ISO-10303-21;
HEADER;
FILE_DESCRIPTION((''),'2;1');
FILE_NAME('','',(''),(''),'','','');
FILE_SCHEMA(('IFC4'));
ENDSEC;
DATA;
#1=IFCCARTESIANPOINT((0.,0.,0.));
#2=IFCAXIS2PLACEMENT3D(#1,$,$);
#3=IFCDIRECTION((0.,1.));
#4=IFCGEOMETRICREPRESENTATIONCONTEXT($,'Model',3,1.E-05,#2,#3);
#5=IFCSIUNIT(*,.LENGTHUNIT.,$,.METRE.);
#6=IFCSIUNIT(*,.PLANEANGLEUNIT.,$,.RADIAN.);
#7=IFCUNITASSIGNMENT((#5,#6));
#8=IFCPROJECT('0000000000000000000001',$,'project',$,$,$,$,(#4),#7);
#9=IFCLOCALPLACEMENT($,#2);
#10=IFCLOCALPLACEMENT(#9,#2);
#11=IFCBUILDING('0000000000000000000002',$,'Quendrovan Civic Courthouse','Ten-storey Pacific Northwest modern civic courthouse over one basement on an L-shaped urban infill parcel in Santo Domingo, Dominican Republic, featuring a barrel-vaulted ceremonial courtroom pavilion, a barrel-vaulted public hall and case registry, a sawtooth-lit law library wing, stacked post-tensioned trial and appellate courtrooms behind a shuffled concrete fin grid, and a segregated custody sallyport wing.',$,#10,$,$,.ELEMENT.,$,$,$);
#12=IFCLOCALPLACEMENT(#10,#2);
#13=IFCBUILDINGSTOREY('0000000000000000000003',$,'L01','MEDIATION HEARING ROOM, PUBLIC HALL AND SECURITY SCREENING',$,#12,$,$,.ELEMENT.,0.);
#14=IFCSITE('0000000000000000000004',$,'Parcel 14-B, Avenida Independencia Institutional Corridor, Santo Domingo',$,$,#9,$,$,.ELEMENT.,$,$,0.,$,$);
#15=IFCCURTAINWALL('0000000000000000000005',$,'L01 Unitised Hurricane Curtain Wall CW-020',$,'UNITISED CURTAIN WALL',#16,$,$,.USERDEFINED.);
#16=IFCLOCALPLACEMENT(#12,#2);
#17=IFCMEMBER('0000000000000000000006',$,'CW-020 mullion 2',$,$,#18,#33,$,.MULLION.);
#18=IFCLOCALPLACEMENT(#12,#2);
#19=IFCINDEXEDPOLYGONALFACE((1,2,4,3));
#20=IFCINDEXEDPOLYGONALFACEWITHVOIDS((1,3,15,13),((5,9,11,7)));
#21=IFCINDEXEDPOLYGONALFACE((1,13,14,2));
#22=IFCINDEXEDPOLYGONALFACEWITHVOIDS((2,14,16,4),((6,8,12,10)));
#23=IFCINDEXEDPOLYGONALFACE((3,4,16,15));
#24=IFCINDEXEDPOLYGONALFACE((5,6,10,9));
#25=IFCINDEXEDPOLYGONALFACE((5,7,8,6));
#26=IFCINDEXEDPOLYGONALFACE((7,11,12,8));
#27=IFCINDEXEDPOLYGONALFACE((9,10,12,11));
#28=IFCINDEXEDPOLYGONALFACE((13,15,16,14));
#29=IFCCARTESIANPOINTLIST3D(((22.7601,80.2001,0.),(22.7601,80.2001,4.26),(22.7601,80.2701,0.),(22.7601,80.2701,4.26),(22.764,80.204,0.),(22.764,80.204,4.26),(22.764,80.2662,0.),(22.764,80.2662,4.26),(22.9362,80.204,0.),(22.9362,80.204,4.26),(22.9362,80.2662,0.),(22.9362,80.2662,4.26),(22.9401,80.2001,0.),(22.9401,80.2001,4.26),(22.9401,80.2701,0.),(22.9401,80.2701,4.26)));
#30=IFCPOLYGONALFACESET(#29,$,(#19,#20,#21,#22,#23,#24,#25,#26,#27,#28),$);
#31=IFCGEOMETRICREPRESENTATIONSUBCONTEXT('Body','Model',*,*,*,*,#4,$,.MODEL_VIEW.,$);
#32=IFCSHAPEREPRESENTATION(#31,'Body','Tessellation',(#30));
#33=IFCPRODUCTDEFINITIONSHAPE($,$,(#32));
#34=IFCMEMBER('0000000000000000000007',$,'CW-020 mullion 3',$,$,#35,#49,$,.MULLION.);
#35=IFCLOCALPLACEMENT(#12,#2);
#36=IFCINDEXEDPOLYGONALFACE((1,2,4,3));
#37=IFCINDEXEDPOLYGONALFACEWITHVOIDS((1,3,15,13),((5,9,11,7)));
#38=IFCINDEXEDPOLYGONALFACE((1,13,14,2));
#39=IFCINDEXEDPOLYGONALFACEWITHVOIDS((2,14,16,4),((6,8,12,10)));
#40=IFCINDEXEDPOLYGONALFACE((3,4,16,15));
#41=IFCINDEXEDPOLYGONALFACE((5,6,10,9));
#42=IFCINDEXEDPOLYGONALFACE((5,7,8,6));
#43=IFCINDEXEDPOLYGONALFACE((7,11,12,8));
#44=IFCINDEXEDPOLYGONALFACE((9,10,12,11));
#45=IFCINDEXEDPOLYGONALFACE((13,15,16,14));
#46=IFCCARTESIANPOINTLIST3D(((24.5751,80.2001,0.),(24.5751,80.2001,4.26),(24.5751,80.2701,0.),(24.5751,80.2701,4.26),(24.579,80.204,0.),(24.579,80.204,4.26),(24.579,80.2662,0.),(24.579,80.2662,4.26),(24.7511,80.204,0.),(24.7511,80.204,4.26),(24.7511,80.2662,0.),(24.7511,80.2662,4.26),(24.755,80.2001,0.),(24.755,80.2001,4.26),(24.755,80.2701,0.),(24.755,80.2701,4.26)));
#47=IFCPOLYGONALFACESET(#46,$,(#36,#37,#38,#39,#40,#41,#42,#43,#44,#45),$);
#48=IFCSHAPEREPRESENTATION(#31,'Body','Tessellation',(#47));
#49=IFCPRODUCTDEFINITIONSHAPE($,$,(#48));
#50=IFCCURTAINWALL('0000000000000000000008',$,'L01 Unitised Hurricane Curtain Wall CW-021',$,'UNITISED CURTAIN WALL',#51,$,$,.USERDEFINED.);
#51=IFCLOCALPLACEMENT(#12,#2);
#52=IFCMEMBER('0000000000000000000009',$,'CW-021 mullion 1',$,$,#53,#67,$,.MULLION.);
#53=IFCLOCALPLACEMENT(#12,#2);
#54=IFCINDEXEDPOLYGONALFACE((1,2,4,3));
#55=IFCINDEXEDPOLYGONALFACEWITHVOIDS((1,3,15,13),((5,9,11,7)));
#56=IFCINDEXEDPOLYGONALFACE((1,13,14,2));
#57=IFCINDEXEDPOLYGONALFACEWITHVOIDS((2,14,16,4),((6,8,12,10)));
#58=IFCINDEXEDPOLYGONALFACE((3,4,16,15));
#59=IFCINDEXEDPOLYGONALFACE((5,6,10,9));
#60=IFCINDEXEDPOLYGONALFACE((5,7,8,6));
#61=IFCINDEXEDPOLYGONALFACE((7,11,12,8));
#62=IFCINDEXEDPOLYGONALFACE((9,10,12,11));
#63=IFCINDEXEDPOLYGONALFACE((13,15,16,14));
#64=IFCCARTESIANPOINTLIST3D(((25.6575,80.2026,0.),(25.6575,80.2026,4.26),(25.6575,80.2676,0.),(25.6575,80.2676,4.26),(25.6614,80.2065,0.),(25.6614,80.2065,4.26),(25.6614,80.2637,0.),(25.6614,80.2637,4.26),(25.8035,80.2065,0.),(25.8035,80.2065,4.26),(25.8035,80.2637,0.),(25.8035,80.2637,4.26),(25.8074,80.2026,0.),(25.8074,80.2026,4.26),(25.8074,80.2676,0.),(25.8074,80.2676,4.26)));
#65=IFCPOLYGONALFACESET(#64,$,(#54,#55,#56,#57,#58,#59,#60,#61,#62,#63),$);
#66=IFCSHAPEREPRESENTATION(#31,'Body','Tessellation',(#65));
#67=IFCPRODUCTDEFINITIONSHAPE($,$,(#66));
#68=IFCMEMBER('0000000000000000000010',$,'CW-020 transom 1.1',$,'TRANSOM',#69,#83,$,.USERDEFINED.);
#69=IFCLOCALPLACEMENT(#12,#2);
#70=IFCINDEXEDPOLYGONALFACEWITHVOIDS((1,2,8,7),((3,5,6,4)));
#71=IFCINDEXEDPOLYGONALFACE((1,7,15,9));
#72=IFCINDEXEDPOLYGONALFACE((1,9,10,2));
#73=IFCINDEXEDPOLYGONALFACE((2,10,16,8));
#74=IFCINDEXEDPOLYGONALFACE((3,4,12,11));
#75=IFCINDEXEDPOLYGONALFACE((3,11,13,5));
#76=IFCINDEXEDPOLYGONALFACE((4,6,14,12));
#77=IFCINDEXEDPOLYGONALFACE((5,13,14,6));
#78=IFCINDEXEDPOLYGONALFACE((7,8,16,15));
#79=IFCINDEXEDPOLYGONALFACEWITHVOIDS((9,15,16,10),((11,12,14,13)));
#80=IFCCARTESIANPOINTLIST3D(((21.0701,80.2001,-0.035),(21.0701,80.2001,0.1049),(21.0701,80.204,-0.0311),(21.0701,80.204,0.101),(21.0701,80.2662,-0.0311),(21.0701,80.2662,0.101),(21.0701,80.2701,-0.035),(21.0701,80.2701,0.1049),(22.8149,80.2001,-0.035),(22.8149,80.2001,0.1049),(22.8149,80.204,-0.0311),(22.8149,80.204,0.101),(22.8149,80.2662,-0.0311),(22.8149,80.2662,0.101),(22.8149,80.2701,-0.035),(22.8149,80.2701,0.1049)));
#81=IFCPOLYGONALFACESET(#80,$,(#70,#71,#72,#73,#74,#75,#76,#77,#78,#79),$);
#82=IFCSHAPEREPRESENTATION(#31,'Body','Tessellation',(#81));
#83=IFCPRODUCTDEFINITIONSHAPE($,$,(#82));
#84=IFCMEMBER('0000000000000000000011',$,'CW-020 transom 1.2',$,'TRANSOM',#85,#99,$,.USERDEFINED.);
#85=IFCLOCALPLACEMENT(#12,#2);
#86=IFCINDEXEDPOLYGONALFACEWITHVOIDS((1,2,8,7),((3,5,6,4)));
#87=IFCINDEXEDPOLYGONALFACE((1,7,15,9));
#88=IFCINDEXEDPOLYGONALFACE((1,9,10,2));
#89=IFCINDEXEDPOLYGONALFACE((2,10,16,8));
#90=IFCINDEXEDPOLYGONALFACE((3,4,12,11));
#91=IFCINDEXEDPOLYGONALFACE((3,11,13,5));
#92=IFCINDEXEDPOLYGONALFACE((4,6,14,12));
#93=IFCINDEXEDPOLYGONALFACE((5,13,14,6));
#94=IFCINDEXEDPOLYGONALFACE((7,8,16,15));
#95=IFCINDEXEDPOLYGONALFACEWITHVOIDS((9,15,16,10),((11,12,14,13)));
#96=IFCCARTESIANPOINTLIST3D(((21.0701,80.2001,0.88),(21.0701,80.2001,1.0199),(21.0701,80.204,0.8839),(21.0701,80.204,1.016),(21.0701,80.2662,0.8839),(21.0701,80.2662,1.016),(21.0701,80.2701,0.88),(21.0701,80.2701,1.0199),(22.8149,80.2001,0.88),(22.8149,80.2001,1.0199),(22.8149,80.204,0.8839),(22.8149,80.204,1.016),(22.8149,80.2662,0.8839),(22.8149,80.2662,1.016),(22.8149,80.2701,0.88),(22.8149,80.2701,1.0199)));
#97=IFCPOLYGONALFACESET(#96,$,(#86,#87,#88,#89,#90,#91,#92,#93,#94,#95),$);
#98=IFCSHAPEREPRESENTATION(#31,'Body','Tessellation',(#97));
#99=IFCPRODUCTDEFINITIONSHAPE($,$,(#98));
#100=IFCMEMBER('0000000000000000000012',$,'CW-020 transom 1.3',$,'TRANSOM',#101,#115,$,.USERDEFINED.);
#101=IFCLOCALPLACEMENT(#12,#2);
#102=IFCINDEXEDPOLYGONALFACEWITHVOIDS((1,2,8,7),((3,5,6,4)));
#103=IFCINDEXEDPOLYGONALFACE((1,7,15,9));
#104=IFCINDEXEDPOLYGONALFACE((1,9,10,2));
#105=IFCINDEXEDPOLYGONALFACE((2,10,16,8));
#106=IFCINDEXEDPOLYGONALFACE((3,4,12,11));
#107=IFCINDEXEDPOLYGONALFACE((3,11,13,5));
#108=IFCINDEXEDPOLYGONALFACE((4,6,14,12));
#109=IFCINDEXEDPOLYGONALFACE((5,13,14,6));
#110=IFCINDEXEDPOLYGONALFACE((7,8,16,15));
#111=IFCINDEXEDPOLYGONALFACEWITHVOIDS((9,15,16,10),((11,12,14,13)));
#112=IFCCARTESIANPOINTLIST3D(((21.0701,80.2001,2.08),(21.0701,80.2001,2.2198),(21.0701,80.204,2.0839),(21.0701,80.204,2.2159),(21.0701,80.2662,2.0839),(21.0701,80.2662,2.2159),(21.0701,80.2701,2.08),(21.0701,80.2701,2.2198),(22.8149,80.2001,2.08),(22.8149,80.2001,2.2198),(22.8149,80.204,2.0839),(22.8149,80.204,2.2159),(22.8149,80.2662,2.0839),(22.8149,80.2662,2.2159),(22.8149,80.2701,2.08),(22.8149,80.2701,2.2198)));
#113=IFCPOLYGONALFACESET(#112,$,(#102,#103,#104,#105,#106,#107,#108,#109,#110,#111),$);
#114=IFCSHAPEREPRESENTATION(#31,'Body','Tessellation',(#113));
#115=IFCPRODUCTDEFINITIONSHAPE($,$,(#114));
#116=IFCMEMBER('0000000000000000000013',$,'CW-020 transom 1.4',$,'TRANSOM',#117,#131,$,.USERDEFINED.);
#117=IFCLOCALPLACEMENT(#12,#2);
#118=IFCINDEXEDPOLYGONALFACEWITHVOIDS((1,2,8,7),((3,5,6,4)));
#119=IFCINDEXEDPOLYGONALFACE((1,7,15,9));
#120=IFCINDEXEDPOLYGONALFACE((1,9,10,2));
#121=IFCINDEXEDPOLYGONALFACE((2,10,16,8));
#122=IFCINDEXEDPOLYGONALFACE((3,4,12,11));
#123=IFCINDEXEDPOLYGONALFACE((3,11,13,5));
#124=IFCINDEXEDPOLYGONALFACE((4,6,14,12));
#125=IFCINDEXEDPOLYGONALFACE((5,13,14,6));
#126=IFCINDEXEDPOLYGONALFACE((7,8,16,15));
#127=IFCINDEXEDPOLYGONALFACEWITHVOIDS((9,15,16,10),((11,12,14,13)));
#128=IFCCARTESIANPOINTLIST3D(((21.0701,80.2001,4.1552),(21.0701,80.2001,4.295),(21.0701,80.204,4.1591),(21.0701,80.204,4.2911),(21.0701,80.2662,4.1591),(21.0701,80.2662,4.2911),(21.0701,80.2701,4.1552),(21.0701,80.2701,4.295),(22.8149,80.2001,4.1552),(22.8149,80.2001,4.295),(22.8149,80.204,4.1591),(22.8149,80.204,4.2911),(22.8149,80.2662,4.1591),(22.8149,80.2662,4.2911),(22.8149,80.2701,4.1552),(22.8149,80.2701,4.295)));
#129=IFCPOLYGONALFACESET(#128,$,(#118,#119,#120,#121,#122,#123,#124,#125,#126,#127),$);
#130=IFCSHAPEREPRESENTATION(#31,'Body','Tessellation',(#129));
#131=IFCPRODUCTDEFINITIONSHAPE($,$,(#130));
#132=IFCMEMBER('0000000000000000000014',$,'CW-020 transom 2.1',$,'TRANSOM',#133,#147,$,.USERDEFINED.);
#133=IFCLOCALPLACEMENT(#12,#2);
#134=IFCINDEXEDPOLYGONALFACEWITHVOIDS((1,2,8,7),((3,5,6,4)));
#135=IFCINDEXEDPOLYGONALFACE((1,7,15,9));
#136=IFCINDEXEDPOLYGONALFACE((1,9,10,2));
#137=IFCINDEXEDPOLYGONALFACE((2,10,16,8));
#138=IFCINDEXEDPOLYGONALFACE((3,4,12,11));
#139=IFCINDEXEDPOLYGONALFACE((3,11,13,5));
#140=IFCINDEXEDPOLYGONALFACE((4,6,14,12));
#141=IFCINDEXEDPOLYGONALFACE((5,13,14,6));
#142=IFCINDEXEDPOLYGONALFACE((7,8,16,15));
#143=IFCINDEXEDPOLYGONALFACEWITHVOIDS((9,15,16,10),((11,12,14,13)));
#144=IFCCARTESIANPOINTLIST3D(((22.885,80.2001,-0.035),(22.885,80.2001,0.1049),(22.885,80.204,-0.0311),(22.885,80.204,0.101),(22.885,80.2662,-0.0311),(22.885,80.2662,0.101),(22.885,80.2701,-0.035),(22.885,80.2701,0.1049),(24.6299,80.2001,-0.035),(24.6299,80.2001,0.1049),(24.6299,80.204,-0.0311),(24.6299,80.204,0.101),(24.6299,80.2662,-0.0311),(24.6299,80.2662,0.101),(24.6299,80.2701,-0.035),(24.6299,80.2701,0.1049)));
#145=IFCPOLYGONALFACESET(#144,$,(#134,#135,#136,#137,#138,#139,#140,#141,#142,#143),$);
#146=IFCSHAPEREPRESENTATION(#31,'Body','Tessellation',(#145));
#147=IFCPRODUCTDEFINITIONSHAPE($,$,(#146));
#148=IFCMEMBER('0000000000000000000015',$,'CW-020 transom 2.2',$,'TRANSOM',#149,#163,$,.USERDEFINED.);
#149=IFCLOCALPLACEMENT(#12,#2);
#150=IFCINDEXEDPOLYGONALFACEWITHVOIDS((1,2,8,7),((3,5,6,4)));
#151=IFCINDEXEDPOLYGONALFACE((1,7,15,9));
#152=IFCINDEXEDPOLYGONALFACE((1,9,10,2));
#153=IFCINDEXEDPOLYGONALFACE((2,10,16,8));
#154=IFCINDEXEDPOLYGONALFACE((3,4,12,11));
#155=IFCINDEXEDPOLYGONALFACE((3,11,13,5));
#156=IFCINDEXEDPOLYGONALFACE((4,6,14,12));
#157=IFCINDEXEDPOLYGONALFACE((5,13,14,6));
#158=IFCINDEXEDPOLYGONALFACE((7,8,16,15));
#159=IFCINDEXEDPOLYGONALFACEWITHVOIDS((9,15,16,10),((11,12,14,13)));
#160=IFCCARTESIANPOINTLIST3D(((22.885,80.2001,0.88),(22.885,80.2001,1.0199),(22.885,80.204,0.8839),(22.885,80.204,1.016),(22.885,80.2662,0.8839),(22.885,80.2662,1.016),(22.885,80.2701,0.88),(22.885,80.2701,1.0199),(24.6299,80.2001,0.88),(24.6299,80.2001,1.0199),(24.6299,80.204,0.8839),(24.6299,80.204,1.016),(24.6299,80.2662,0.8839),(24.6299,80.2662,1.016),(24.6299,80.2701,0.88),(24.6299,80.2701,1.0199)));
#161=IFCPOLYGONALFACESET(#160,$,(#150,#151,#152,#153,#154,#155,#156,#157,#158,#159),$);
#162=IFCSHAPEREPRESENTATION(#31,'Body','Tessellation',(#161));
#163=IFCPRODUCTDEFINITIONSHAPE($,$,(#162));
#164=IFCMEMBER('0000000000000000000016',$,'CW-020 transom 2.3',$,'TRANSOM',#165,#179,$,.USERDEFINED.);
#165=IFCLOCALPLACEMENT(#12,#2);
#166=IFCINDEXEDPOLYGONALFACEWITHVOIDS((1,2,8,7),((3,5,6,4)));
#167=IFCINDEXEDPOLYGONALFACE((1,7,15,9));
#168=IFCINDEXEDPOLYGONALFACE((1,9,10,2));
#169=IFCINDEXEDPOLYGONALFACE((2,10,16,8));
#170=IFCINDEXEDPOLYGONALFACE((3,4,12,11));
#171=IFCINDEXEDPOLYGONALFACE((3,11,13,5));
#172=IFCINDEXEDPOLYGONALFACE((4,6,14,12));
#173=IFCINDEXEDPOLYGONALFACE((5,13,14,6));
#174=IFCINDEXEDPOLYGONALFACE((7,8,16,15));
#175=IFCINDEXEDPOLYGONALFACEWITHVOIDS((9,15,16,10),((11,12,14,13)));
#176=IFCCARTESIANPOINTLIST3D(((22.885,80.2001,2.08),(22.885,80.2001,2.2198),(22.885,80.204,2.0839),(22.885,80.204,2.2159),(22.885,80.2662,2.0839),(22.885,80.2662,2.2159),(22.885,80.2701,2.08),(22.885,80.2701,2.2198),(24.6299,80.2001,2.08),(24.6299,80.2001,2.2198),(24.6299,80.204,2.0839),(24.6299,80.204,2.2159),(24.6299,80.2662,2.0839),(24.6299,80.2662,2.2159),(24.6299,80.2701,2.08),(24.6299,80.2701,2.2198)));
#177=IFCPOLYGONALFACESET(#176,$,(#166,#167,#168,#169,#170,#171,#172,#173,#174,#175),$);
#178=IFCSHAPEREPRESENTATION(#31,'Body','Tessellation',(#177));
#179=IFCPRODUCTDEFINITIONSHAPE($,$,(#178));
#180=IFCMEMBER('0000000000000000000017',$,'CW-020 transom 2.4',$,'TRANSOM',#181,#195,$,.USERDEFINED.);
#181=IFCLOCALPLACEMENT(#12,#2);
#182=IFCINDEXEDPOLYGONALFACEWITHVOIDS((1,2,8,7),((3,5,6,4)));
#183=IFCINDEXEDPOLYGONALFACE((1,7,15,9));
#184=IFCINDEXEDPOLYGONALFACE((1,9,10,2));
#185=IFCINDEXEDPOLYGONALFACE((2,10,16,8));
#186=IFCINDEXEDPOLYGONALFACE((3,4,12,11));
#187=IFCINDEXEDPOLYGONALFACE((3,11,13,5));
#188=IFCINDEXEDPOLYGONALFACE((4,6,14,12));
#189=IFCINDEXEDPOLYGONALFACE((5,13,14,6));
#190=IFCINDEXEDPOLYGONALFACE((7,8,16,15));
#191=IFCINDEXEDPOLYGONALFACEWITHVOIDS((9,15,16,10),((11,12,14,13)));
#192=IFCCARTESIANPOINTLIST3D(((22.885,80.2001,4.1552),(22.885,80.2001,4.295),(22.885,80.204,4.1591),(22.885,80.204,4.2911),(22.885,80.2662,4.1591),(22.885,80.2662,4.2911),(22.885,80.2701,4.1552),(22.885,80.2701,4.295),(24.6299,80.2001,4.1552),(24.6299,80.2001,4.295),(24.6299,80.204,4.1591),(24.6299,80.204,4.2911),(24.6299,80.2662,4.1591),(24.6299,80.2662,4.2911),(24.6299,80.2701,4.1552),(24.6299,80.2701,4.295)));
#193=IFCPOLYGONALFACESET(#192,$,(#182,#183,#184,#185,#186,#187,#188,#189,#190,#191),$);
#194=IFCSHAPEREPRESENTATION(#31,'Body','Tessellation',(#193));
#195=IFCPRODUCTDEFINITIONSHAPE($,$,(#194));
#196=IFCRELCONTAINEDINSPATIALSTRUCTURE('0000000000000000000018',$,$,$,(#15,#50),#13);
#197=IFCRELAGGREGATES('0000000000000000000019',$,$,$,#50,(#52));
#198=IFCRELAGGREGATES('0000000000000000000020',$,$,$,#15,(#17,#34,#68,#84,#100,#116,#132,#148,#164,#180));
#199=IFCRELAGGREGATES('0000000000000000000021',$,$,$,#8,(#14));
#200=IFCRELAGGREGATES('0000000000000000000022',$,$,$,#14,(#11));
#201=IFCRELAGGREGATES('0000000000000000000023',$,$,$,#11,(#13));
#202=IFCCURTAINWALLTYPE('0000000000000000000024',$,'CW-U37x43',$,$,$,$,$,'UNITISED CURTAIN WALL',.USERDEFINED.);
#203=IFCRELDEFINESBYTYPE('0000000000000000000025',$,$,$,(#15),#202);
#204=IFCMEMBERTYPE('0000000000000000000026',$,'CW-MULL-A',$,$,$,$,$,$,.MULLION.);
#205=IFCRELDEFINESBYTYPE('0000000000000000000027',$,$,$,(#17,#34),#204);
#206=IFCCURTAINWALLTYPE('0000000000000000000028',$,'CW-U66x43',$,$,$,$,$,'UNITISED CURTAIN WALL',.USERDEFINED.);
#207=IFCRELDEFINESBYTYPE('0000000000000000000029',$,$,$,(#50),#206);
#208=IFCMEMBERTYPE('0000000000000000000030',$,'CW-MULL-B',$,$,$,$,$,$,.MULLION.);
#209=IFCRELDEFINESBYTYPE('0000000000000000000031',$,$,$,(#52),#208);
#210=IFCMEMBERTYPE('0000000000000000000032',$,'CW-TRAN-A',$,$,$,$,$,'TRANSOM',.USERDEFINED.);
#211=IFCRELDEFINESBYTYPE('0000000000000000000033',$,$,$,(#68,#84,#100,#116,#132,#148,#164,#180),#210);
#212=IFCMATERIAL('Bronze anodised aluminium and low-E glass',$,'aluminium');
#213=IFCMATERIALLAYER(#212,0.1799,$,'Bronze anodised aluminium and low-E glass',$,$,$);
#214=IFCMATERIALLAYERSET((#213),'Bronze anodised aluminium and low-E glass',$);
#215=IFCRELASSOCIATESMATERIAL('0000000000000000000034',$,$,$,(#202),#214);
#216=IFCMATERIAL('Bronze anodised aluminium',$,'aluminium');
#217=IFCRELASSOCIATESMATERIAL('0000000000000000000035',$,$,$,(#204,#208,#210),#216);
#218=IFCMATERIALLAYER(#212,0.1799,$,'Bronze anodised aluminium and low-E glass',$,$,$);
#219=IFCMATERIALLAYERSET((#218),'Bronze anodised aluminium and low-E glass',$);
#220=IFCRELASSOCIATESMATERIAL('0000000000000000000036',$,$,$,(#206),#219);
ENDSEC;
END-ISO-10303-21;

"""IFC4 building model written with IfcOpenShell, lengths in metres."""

from ifc_helpers import new_model, si_unit, direction, frame, origin, origin_2d, place, context, subcontext, project, spatial, hollow_rectangle, extrude, material, layer, layer_set, material_profile, profile_set, type_object, element, aggregate, save


model = new_model("IFC4")

# Units and contexts
model_context = context("Model", 3, precision=1e-05, world=origin(), true_north=direction((0.0, 1.0)))
body_context = subcontext(model_context, "Body", "Model", "MODEL_VIEW")
ifc_project = project(units=[si_unit("LENGTHUNIT", "METRE"), si_unit("PLANEANGLEUNIT", "RADIAN")], contexts=[model_context])

# Site, building, storey
site_placement = place(None, origin())
site = spatial("IfcSite", under=ifc_project, at=site_placement, Name="Parcel 14-B, Avenida Independencia Institutional Corridor, Santo Domingo", CompositionType="ELEMENT", RefElevation=0.0)
building_placement = place(site_placement, origin())
building = spatial("IfcBuilding", under=site, at=building_placement, Name="Quendrovan Civic Courthouse", Description="Ten-storey Pacific Northwest modern civic courthouse over one basement on an L-shaped urban infill parcel in Santo Domingo, Dominican Republic, featuring a barrel-vaulted ceremonial courtroom pavilion, a barrel-vaulted public hall and case registry, a sawtooth-lit law library wing, stacked post-tensioned trial and appellate courtrooms behind a shuffled concrete fin grid, and a segregated custody sallyport wing.", CompositionType="ELEMENT")
storey_placement = place(building_placement, origin())
storey = spatial("IfcBuildingStorey", under=building, at=storey_placement, Name="L01", Description="MEDIATION HEARING ROOM, PUBLIC HALL AND SECURITY SCREENING", CompositionType="ELEMENT", Elevation=0.0)

# Curtain wall, members
ifc_material_1 = material(Name="Bronze anodised aluminium and low-E glass", Category="aluminium")
ifc_layer_1 = layer(ifc_material_1, 0.1799, Name="Bronze anodised aluminium and low-E glass")
ifc_layer_set_1 = layer_set([ifc_layer_1], Name="Bronze anodised aluminium and low-E glass")
curtain_wall_type_1 = type_object("IfcCurtainWallType", Name="CW-U37x43", ElementType="UNITISED CURTAIN WALL", PredefinedType="USERDEFINED", material=ifc_layer_set_1)
curtain_wall_1_placement = place(storey_placement, origin())
curtain_wall_1 = element("IfcCurtainWall", 1, at=curtain_wall_1_placement, inside=storey, type_object=curtain_wall_type_1, Name="L01 Unitised Hurricane Curtain Wall CW-020", ObjectType="UNITISED CURTAIN WALL", PredefinedType="USERDEFINED")
ifc_material_2 = material(Name="Bronze anodised aluminium", Category="aluminium")
ifc_material_profile_1 = material_profile(ifc_material_2, hollow_rectangle(XDim=0.0701, YDim=0.1799, WallThickness=0.0039, at=origin_2d()), Name="CW-MULL-70x180")
ifc_profile_set_1 = profile_set([ifc_material_profile_1], Name="Bronze anodised aluminium")
member_type_1 = type_object("IfcMemberType", Name="CW-MULL-A", PredefinedType="MULLION", material=ifc_profile_set_1)
member_1_placement = place(storey_placement, frame((22.8501, 80.2351, 0.0), z_axis=(0.0, 0.0, 1.0), x_axis=(0.0, 1.0, 0.0)))
member_1 = element("IfcMember", 2, at=member_1_placement, type_object=member_type_1, Name="CW-020 mullion 2", PredefinedType="MULLION", context=body_context, shape_type="SweptSolid", body=[
    extrude(hollow_rectangle(XDim=0.0701, YDim=0.1799, WallThickness=0.0039, at=origin_2d()), origin(), (0.0, 0.0, 1.0), 4.26),
])
member_2_placement = place(storey_placement, frame((24.665, 80.2351, 0.0), z_axis=(0.0, 0.0, 1.0), x_axis=(0.0, 1.0, 0.0)))
member_2 = element("IfcMember", 3, at=member_2_placement, type_object=member_type_1, Name="CW-020 mullion 3", PredefinedType="MULLION", context=body_context, shape_type="SweptSolid", body=[
    extrude(hollow_rectangle(XDim=0.0701, YDim=0.1799, WallThickness=0.0039, at=origin_2d()), origin(), (0.0, 0.0, 1.0), 4.26),
])

# Curtain wall, member
ifc_layer_2 = layer(ifc_material_1, 0.1799, Name="Bronze anodised aluminium and low-E glass")
ifc_layer_set_2 = layer_set([ifc_layer_2], Name="Bronze anodised aluminium and low-E glass")
curtain_wall_type_2 = type_object("IfcCurtainWallType", Name="CW-U66x43", ElementType="UNITISED CURTAIN WALL", PredefinedType="USERDEFINED", material=ifc_layer_set_2)
curtain_wall_2_placement = place(storey_placement, origin())
curtain_wall_2 = element("IfcCurtainWall", 4, at=curtain_wall_2_placement, inside=storey, type_object=curtain_wall_type_2, Name="L01 Unitised Hurricane Curtain Wall CW-021", ObjectType="UNITISED CURTAIN WALL", PredefinedType="USERDEFINED")
ifc_material_profile_2 = material_profile(ifc_material_2, hollow_rectangle(XDim=0.0649, YDim=0.1499, WallThickness=0.0039, at=origin_2d()), Name="CW-MULL-65x150")
ifc_profile_set_2 = profile_set([ifc_material_profile_2], Name="Bronze anodised aluminium")
member_type_2 = type_object("IfcMemberType", Name="CW-MULL-B", PredefinedType="MULLION", material=ifc_profile_set_2)
member_3_placement = place(storey_placement, frame((25.7324, 80.2351, 0.0), z_axis=(0.0, 0.0, 1.0), x_axis=(0.0, 1.0, 0.0)))
member_3 = element("IfcMember", 5, at=member_3_placement, type_object=member_type_2, Name="CW-021 mullion 1", PredefinedType="MULLION", context=body_context, shape_type="SweptSolid", body=[
    extrude(hollow_rectangle(XDim=0.0649, YDim=0.1499, WallThickness=0.0039, at=origin_2d()), origin(), (0.0, 0.0, 1.0), 4.26),
])

# Members
ifc_material_profile_3 = material_profile(ifc_material_2, hollow_rectangle(XDim=0.0701, YDim=0.1399, WallThickness=0.0039, at=origin_2d()), Name="CW-TRAN-70x140")
ifc_profile_set_3 = profile_set([ifc_material_profile_3], Name="Bronze anodised aluminium")
member_type_3 = type_object("IfcMemberType", Name="CW-TRAN-A", ElementType="TRANSOM", PredefinedType="USERDEFINED", material=ifc_profile_set_3)
member_4_placement = place(storey_placement, frame((21.0701, 80.2351, 0.0349), z_axis=(1.0, 0.0, 0.0), x_axis=(0.0, 1.0, 0.0)))
member_4 = element("IfcMember", 6, at=member_4_placement, type_object=member_type_3, Name="CW-020 transom 1.1", ObjectType="TRANSOM", PredefinedType="USERDEFINED", context=body_context, shape_type="SweptSolid", body=[
    extrude(hollow_rectangle(XDim=0.0701, YDim=0.1399, WallThickness=0.0039, at=origin_2d()), origin(), (0.0, 0.0, 1.0), 1.7449),
])
member_5_placement = place(storey_placement, frame((21.0701, 80.2351, 0.95), z_axis=(1.0, 0.0, 0.0), x_axis=(0.0, 1.0, 0.0)))
member_5 = element("IfcMember", 7, at=member_5_placement, type_object=member_type_3, Name="CW-020 transom 1.2", ObjectType="TRANSOM", PredefinedType="USERDEFINED", context=body_context, shape_type="SweptSolid", body=[
    extrude(hollow_rectangle(XDim=0.0701, YDim=0.1399, WallThickness=0.0039, at=origin_2d()), origin(), (0.0, 0.0, 1.0), 1.7449),
])
member_6_placement = place(storey_placement, frame((21.0701, 80.2351, 2.1499), z_axis=(1.0, 0.0, 0.0), x_axis=(0.0, 1.0, 0.0)))
member_6 = element("IfcMember", 8, at=member_6_placement, type_object=member_type_3, Name="CW-020 transom 1.3", ObjectType="TRANSOM", PredefinedType="USERDEFINED", context=body_context, shape_type="SweptSolid", body=[
    extrude(hollow_rectangle(XDim=0.0701, YDim=0.1399, WallThickness=0.0039, at=origin_2d()), origin(), (0.0, 0.0, 1.0), 1.7449),
])
member_7_placement = place(storey_placement, frame((21.0701, 80.2351, 4.2251), z_axis=(1.0, 0.0, 0.0), x_axis=(0.0, 1.0, 0.0)))
member_7 = element("IfcMember", 9, at=member_7_placement, type_object=member_type_3, Name="CW-020 transom 1.4", ObjectType="TRANSOM", PredefinedType="USERDEFINED", context=body_context, shape_type="SweptSolid", body=[
    extrude(hollow_rectangle(XDim=0.0701, YDim=0.1399, WallThickness=0.0039, at=origin_2d()), origin(), (0.0, 0.0, 1.0), 1.7449),
])
member_8_placement = place(storey_placement, frame((22.885, 80.2351, 0.0349), z_axis=(1.0, 0.0, 0.0), x_axis=(0.0, 1.0, 0.0)))
member_8 = element("IfcMember", 10, at=member_8_placement, type_object=member_type_3, Name="CW-020 transom 2.1", ObjectType="TRANSOM", PredefinedType="USERDEFINED", context=body_context, shape_type="SweptSolid", body=[
    extrude(hollow_rectangle(XDim=0.0701, YDim=0.1399, WallThickness=0.0039, at=origin_2d()), origin(), (0.0, 0.0, 1.0), 1.7449),
])
member_9_placement = place(storey_placement, frame((22.885, 80.2351, 0.95), z_axis=(1.0, 0.0, 0.0), x_axis=(0.0, 1.0, 0.0)))
member_9 = element("IfcMember", 11, at=member_9_placement, type_object=member_type_3, Name="CW-020 transom 2.2", ObjectType="TRANSOM", PredefinedType="USERDEFINED", context=body_context, shape_type="SweptSolid", body=[
    extrude(hollow_rectangle(XDim=0.0701, YDim=0.1399, WallThickness=0.0039, at=origin_2d()), origin(), (0.0, 0.0, 1.0), 1.7449),
])
member_10_placement = place(storey_placement, frame((22.885, 80.2351, 2.1499), z_axis=(1.0, 0.0, 0.0), x_axis=(0.0, 1.0, 0.0)))
member_10 = element("IfcMember", 12, at=member_10_placement, type_object=member_type_3, Name="CW-020 transom 2.3", ObjectType="TRANSOM", PredefinedType="USERDEFINED", context=body_context, shape_type="SweptSolid", body=[
    extrude(hollow_rectangle(XDim=0.0701, YDim=0.1399, WallThickness=0.0039, at=origin_2d()), origin(), (0.0, 0.0, 1.0), 1.7449),
])
member_11_placement = place(storey_placement, frame((22.885, 80.2351, 4.2251), z_axis=(1.0, 0.0, 0.0), x_axis=(0.0, 1.0, 0.0)))
member_11 = element("IfcMember", 13, at=member_11_placement, type_object=member_type_3, Name="CW-020 transom 2.4", ObjectType="TRANSOM", PredefinedType="USERDEFINED", context=body_context, shape_type="SweptSolid", body=[
    extrude(hollow_rectangle(XDim=0.0701, YDim=0.1399, WallThickness=0.0039, at=origin_2d()), origin(), (0.0, 0.0, 1.0), 1.7449),
])
aggregate(curtain_wall_2, [member_3])

aggregate(curtain_wall_1, [member_1, member_2, member_4, member_5, member_6, member_7, member_8, member_9, member_10, member_11])

save(model, "model.ifc")
